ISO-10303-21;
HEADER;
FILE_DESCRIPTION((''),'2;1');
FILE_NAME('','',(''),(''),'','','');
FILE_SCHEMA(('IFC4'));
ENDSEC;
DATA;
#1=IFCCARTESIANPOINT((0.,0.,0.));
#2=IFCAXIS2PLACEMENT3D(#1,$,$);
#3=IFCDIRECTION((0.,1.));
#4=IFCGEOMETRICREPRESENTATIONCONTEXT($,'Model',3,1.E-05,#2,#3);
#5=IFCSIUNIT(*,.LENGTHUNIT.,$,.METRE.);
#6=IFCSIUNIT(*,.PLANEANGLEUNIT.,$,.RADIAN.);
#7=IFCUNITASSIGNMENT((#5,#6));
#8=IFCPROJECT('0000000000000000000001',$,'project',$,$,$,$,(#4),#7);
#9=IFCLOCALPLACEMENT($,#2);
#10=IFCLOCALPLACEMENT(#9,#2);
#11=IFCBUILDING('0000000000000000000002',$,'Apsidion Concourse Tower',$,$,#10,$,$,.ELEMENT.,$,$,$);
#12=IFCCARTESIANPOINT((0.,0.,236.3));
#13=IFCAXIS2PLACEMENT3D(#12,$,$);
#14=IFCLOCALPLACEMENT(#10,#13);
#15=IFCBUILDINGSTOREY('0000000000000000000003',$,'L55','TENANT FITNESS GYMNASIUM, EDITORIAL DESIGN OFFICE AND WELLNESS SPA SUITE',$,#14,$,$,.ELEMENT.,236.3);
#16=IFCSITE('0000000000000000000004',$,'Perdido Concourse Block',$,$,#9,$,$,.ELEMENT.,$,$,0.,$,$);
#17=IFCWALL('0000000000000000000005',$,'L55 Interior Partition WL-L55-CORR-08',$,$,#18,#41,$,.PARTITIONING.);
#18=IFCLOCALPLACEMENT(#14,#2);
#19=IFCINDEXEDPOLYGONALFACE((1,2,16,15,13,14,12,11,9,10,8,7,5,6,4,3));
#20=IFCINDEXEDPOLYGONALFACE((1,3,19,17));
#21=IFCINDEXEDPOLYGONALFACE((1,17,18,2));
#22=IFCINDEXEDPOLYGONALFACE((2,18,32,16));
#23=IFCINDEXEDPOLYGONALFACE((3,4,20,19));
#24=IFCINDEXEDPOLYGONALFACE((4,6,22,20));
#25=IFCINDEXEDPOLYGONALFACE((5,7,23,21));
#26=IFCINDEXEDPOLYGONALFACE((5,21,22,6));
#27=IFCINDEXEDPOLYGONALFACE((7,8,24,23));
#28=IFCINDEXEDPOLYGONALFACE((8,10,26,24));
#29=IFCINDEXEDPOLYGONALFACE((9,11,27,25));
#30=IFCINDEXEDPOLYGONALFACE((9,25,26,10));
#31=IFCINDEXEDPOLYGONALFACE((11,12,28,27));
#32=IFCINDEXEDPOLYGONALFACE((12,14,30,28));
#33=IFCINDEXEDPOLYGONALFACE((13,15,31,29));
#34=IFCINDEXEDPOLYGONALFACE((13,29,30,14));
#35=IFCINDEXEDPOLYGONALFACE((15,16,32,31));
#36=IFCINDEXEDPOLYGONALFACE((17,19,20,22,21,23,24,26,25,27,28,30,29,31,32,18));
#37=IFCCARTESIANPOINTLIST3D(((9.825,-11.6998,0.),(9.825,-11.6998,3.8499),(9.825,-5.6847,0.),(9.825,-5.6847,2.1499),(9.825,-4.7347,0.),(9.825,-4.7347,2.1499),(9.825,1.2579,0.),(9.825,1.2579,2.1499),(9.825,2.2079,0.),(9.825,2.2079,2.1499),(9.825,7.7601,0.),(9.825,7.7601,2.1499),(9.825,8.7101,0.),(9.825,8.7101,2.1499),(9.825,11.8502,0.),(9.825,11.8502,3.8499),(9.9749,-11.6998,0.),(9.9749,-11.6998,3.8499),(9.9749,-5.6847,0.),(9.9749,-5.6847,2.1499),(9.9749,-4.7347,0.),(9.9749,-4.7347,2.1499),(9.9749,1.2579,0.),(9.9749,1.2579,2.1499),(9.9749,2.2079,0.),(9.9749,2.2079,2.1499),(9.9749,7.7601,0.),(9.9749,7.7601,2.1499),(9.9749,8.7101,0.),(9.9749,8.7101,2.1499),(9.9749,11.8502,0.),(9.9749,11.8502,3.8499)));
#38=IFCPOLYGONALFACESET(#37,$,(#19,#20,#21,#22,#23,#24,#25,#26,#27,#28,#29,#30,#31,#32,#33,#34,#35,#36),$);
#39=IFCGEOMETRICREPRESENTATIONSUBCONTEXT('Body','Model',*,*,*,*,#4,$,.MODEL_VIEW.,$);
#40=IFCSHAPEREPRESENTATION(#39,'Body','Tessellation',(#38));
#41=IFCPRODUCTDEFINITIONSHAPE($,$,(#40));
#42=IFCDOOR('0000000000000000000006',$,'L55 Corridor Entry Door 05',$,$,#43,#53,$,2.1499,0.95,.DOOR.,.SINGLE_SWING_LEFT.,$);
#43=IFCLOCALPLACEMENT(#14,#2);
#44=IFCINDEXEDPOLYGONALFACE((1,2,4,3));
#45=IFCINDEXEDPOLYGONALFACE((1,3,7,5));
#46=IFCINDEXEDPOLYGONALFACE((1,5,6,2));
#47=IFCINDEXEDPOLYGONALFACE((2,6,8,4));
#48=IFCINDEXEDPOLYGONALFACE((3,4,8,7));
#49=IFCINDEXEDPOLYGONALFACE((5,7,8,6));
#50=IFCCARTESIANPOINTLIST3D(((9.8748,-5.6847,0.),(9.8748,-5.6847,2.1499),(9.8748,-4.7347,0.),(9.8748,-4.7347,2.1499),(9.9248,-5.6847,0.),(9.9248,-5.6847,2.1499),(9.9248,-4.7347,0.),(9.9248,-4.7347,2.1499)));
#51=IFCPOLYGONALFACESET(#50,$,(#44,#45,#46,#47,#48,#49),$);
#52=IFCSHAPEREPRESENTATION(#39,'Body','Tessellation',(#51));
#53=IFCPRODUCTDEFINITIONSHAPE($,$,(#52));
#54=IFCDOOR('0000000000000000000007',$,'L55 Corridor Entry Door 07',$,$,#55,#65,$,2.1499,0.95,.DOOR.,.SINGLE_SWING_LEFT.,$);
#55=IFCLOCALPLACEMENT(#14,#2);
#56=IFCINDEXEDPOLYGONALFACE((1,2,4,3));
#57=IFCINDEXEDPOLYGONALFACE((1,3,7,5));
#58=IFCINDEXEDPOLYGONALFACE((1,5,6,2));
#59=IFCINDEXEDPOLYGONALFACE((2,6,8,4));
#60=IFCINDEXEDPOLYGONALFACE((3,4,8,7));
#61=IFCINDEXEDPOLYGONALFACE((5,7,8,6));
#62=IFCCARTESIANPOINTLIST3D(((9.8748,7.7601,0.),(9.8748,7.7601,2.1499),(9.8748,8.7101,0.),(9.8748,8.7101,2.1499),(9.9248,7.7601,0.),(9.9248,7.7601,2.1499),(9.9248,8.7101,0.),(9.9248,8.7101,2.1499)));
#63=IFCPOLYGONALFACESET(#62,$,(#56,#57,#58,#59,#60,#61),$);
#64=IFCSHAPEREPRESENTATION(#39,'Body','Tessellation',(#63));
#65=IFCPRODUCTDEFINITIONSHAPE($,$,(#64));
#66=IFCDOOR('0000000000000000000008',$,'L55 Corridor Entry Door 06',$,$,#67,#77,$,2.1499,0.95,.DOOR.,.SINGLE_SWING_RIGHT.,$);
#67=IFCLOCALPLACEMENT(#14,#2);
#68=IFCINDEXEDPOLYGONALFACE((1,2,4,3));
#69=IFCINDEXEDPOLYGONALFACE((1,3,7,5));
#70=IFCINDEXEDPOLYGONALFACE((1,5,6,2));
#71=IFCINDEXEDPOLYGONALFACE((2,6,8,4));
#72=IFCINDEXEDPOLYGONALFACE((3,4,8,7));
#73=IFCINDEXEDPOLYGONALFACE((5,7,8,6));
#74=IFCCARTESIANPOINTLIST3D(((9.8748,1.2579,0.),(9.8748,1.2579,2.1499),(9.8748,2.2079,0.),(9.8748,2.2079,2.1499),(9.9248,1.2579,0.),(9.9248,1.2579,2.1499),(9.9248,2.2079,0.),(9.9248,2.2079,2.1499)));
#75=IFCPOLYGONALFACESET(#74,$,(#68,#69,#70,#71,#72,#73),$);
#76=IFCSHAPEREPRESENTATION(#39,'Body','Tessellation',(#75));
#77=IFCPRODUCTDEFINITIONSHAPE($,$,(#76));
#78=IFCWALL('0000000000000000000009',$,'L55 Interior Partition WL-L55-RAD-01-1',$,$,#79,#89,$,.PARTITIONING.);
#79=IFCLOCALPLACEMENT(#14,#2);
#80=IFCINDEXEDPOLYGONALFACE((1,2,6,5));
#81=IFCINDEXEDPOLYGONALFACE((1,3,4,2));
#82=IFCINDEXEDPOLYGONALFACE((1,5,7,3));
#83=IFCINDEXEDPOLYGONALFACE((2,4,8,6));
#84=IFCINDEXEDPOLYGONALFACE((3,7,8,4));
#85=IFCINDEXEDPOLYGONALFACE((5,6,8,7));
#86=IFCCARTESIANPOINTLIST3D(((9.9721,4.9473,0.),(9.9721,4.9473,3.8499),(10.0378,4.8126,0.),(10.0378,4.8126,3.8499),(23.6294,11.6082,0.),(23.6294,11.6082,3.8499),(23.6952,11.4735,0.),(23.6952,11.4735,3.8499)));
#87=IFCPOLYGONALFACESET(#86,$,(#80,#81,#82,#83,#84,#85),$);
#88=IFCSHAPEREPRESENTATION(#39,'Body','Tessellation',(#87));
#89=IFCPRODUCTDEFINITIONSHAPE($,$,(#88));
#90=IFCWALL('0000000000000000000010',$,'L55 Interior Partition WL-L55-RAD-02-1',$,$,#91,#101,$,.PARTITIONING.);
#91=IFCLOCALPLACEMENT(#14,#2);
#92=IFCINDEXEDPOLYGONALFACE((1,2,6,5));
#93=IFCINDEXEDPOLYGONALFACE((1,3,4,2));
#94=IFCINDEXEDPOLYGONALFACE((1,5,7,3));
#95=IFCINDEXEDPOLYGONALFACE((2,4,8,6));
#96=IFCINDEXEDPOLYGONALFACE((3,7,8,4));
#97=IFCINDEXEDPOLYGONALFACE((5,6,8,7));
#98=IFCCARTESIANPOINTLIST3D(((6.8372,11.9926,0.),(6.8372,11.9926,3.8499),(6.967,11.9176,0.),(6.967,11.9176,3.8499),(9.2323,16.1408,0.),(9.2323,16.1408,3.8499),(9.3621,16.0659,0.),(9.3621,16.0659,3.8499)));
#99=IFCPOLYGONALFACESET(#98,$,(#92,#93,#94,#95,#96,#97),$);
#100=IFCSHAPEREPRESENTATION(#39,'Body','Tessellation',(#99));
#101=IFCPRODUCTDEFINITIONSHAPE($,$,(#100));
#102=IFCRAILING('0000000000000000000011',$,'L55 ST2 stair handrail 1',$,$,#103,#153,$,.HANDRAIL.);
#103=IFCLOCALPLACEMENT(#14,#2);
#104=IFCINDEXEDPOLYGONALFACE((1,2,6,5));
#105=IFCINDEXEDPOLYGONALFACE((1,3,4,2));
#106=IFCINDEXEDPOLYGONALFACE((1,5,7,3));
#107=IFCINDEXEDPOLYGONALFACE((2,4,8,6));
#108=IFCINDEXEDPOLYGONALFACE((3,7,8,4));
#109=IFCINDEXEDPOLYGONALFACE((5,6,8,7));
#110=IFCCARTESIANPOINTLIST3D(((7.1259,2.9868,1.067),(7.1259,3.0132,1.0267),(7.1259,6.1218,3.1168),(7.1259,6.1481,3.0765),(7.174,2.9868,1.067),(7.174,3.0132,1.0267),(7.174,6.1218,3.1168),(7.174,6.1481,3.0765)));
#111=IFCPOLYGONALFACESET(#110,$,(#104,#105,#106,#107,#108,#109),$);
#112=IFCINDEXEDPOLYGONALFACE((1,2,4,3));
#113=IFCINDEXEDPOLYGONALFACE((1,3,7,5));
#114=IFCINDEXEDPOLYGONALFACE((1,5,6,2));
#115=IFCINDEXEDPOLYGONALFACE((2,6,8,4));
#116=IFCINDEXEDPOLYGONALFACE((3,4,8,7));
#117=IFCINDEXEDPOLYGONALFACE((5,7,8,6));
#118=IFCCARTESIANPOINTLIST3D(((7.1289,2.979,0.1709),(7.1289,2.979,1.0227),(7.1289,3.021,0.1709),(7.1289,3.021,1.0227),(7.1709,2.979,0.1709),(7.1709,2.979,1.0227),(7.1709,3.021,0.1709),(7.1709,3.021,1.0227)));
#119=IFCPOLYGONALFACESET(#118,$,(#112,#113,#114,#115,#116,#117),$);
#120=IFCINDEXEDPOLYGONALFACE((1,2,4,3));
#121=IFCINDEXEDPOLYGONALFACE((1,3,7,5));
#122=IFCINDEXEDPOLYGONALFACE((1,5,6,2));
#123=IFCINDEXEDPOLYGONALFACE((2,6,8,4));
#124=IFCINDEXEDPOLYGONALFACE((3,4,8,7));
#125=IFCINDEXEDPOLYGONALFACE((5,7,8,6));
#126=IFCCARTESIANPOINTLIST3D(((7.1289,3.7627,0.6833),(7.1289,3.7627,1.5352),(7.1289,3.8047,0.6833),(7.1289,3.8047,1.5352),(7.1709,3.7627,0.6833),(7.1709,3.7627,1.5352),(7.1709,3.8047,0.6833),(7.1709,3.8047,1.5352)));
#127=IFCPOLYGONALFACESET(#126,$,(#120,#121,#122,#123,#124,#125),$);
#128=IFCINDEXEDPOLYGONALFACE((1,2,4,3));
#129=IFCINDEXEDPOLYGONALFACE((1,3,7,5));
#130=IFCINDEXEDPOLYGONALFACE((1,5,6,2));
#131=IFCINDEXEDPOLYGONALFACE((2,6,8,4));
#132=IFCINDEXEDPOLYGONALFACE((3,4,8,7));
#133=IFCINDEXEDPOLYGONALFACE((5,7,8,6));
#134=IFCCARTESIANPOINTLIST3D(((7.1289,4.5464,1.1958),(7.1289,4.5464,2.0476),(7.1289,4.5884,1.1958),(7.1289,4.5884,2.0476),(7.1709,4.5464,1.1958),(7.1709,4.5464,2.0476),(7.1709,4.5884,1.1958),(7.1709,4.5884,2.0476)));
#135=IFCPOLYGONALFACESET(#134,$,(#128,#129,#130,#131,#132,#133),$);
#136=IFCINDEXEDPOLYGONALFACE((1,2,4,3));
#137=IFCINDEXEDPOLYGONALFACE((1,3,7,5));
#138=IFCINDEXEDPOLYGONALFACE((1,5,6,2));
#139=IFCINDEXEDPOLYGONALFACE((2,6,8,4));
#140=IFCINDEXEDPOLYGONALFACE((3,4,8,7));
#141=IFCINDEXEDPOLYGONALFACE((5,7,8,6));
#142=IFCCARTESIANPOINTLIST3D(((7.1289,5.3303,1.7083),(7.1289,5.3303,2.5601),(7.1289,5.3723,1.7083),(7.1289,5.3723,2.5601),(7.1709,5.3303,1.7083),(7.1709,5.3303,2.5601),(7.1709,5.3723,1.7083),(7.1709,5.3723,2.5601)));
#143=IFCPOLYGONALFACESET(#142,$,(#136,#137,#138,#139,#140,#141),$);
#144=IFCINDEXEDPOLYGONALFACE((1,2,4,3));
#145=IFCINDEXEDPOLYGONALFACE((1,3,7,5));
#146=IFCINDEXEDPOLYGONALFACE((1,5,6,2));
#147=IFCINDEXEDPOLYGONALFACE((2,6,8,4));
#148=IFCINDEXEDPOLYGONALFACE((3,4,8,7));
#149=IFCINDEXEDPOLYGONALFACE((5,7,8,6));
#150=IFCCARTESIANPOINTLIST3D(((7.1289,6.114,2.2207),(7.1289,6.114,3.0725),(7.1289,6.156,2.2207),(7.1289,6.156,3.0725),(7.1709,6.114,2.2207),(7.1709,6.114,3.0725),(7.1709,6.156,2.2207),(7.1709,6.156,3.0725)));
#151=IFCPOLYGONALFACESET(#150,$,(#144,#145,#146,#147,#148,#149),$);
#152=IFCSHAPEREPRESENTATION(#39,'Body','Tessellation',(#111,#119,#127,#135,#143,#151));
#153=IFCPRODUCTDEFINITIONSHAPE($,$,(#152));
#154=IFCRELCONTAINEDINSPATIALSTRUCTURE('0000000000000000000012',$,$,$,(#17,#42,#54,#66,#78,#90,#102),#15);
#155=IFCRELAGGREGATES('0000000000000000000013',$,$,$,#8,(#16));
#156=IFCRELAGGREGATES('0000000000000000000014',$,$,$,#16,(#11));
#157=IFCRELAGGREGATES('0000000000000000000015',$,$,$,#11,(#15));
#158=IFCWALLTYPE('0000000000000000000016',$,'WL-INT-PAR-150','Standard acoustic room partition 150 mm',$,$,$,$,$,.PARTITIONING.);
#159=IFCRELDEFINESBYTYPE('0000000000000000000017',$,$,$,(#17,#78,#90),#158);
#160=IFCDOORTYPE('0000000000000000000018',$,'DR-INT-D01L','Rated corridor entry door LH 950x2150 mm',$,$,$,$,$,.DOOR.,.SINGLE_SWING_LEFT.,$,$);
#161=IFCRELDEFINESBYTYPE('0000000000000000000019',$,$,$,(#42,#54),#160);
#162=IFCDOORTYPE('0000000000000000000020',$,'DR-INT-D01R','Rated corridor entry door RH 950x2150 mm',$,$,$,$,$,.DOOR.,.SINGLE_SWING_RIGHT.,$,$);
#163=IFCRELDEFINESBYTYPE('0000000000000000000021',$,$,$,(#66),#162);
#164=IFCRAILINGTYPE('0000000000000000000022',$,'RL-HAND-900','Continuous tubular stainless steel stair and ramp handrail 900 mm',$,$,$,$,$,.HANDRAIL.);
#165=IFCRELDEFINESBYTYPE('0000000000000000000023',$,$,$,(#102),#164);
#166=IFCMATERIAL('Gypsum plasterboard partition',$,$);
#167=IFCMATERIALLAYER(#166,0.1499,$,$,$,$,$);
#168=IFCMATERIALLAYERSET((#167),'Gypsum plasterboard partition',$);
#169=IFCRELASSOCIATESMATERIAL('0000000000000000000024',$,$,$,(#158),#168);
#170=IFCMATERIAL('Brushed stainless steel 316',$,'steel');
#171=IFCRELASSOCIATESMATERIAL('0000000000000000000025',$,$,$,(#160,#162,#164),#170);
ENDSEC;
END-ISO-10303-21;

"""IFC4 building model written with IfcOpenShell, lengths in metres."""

from ifc_helpers import new_model, si_unit, direction, frame, frame_2d, origin, origin_2d, place, context, subcontext, project, spatial, rectangle, extrude, material, layer, layer_set, type_object, element, fill, save


model = new_model("IFC4")

# Units and contexts
model_context = context("Model", 3, precision=1e-05, world=origin(), true_north=direction((0.0, 1.0)))
body_context = subcontext(model_context, "Body", "Model", "MODEL_VIEW")
ifc_project = project(units=[si_unit("LENGTHUNIT", "METRE"), si_unit("PLANEANGLEUNIT", "RADIAN")], contexts=[model_context])

# Site, building, storey
site_placement = place(None, origin())
site = spatial("IfcSite", under=ifc_project, at=site_placement, Name="Perdido Concourse Block", CompositionType="ELEMENT", RefElevation=0.0)
building_placement = place(site_placement, origin())
building = spatial("IfcBuilding", under=site, at=building_placement, Name="Apsidion Concourse Tower", CompositionType="ELEMENT")
storey_placement = place(building_placement, frame((0.0, 0.0, 236.3)))
storey = spatial("IfcBuildingStorey", under=building, at=storey_placement, Name="L55", Description="TENANT FITNESS GYMNASIUM, EDITORIAL DESIGN OFFICE AND WELLNESS SPA SUITE", CompositionType="ELEMENT", Elevation=236.3)

# Wall, openings, doors
ifc_material_1 = material(Name="Gypsum plasterboard partition")
ifc_layer_1 = layer(ifc_material_1, 0.1499)
ifc_layer_set_1 = layer_set([ifc_layer_1], Name="Gypsum plasterboard partition")
wall_type_1 = type_object("IfcWallType", Name="WL-INT-PAR-150", Description="Standard acoustic room partition 150 mm", PredefinedType="PARTITIONING", material=ifc_layer_set_1)
wall_1_placement = place(storey_placement, frame((9.8999, 11.8501, 0.0), z_axis=(0.0, 0.0, 1.0), x_axis=(0.0, -1.0, 0.0)))
wall_1 = element("IfcWall", 1, at=wall_1_placement, inside=storey, type_object=wall_type_1, Name="L55 Interior Partition WL-L55-CORR-08", PredefinedType="PARTITIONING", context=body_context, shape_type="SweptSolid", body=[
    extrude(rectangle(XDim=23.55, YDim=0.1499, at=frame_2d((11.7749, 0.0))), origin(), (0.0, 0.0, 1.0), 3.8499),
])
opening_1_placement = place(wall_1_placement, frame((16.5847, 0.0, 0.0)))
opening_1 = element("IfcOpeningElement", 2, at=opening_1_placement, cuts=wall_1, PredefinedType="OPENING", context=body_context, shape_type="SweptSolid", body=[
    extrude(rectangle(XDim=0.95, YDim=2.1499, at=frame_2d((0.4751, 1.075))), frame((0.0, 0.085, 0.0), z_axis=(0.0, -1.0, 0.0), x_axis=(1.0, 0.0, 0.0)), (0.0, 0.0, 1.0), 0.1699),
])
opening_2_placement = place(wall_1_placement, frame((9.6421, 0.0, 0.0)))
opening_2 = element("IfcOpeningElement", 3, at=opening_2_placement, cuts=wall_1, PredefinedType="OPENING", context=body_context, shape_type="SweptSolid", body=[
    extrude(rectangle(XDim=0.95, YDim=2.1499, at=frame_2d((0.4751, 1.075))), frame((0.0, 0.085, 0.0), z_axis=(0.0, -1.0, 0.0), x_axis=(1.0, 0.0, 0.0)), (0.0, 0.0, 1.0), 0.1699),
])
opening_3_placement = place(wall_1_placement, frame((3.1399, 0.0, 0.0)))
opening_3 = element("IfcOpeningElement", 4, at=opening_3_placement, cuts=wall_1, PredefinedType="OPENING", context=body_context, shape_type="SweptSolid", body=[
    extrude(rectangle(XDim=0.95, YDim=2.1499, at=frame_2d((0.4751, 1.075))), frame((0.0, 0.085, 0.0), z_axis=(0.0, -1.0, 0.0), x_axis=(1.0, 0.0, 0.0)), (0.0, 0.0, 1.0), 0.1699),
])
ifc_material_2 = material(Name="Brushed stainless steel 316", Category="steel")
door_type_1 = type_object("IfcDoorType", Name="DR-INT-D01L", Description="Rated corridor entry door LH 950x2150 mm", OperationType="SINGLE_SWING_LEFT", PredefinedType="DOOR", material=ifc_material_2)
door_1_placement = place(opening_1_placement, origin())
door_1 = element("IfcDoor", 5, at=door_1_placement, inside=storey, type_object=door_type_1, Name="L55 Corridor Entry Door 05", OperationType="SINGLE_SWING_LEFT", OverallHeight=2.1499, OverallWidth=0.95, PredefinedType="DOOR", context=body_context, shape_type="SweptSolid", body=[
    extrude(rectangle(XDim=0.95, YDim=2.1499, at=frame_2d((0.4751, 1.075))), frame((0.0, 0.0249, 0.0), z_axis=(0.0, -1.0, 0.0), x_axis=(1.0, 0.0, 0.0)), (0.0, 0.0, 1.0), 0.05),
])
fill(opening_1, door_1)
door_2_placement = place(opening_3_placement, origin())
door_2 = element("IfcDoor", 6, at=door_2_placement, inside=storey, type_object=door_type_1, Name="L55 Corridor Entry Door 07", OperationType="SINGLE_SWING_LEFT", OverallHeight=2.1499, OverallWidth=0.95, PredefinedType="DOOR", context=body_context, shape_type="SweptSolid", body=[
    extrude(rectangle(XDim=0.95, YDim=2.1499, at=frame_2d((0.4751, 1.075))), frame((0.0, 0.0249, 0.0), z_axis=(0.0, -1.0, 0.0), x_axis=(1.0, 0.0, 0.0)), (0.0, 0.0, 1.0), 0.05),
])
fill(opening_3, door_2)
door_type_2 = type_object("IfcDoorType", Name="DR-INT-D01R", Description="Rated corridor entry door RH 950x2150 mm", OperationType="SINGLE_SWING_RIGHT", PredefinedType="DOOR", material=ifc_material_2)
door_3_placement = place(opening_2_placement, origin())
door_3 = element("IfcDoor", 7, at=door_3_placement, inside=storey, type_object=door_type_2, Name="L55 Corridor Entry Door 06", OperationType="SINGLE_SWING_RIGHT", OverallHeight=2.1499, OverallWidth=0.95, PredefinedType="DOOR", context=body_context, shape_type="SweptSolid", body=[
    extrude(rectangle(XDim=0.95, YDim=2.1499, at=frame_2d((0.4751, 1.075))), frame((0.0, 0.0249, 0.0), z_axis=(0.0, -1.0, 0.0), x_axis=(1.0, 0.0, 0.0)), (0.0, 0.0, 1.0), 0.05),
])
fill(opening_2, door_3)

# Walls
wall_2_placement = place(storey_placement, frame((10.0049, 4.8799, 0.0), z_axis=(0.0, 0.0, 1.0), x_axis=(0.898799, 0.438361, 0.0)))
element("IfcWall", 8, at=wall_2_placement, inside=storey, type_object=wall_type_1, Name="L55 Interior Partition WL-L55-RAD-01-1", PredefinedType="PARTITIONING", context=body_context, shape_type="SweptSolid", body=[
    extrude(rectangle(XDim=15.1951, YDim=0.1499, at=frame_2d((7.5977, 0.0))), origin(), (0.0, 0.0, 1.0), 3.8499),
])
wall_3_placement = place(storey_placement, frame((6.9021, 11.9551, 0.0), z_axis=(0.0, 0.0, 1.0), x_axis=(0.500009, 0.86602, 0.0)))
element("IfcWall", 9, at=wall_3_placement, inside=storey, type_object=wall_type_1, Name="L55 Interior Partition WL-L55-RAD-02-1", PredefinedType="PARTITIONING", context=body_context, shape_type="SweptSolid", body=[
    extrude(rectangle(XDim=4.79, YDim=0.1499, at=frame_2d((2.395, 0.0))), origin(), (0.0, 0.0, 1.0), 3.8499),
])

# Railing
railing_type = type_object("IfcRailingType", Name="RL-HAND-900", Description="Continuous tubular stainless steel stair and ramp handrail 900 mm", PredefinedType="HANDRAIL", material=ifc_material_2)
railing_placement = place(storey_placement, frame((7.1499, 3.0, 0.1709)))
element("IfcRailing", 10, at=railing_placement, inside=storey, type_object=railing_type, Name="L55 ST2 stair handrail 1", PredefinedType="HANDRAIL", context=body_context, shape_type="SweptSolid", body=[
    extrude(rectangle(XDim=0.0481, YDim=0.0481, at=origin_2d()), frame((0.0, 0.0, 0.876), z_axis=(0.0, 0.836971, 0.547248), x_axis=(-1.0, 0.0, 0.0)), (0.0, 0.0, 1.0), 3.7456),
    extrude(rectangle(XDim=0.042, YDim=0.042, at=origin_2d()), origin(), (0.0, 0.0, 1.0), 0.8518),
    extrude(rectangle(XDim=0.042, YDim=0.042, at=origin_2d()), frame((0.0, 0.7837, 0.5125)), (0.0, 0.0, 1.0), 0.8518),
    extrude(rectangle(XDim=0.042, YDim=0.042, at=origin_2d()), frame((0.0, 1.5674, 1.0249)), (0.0, 0.0, 1.0), 0.8518),
    extrude(rectangle(XDim=0.042, YDim=0.042, at=origin_2d()), frame((0.0, 2.3513, 1.5374)), (0.0, 0.0, 1.0), 0.8518),
    extrude(rectangle(XDim=0.042, YDim=0.042, at=origin_2d()), frame((0.0, 3.135, 2.0498)), (0.0, 0.0, 1.0), 0.8518),
])

save(model, "model.ifc")
